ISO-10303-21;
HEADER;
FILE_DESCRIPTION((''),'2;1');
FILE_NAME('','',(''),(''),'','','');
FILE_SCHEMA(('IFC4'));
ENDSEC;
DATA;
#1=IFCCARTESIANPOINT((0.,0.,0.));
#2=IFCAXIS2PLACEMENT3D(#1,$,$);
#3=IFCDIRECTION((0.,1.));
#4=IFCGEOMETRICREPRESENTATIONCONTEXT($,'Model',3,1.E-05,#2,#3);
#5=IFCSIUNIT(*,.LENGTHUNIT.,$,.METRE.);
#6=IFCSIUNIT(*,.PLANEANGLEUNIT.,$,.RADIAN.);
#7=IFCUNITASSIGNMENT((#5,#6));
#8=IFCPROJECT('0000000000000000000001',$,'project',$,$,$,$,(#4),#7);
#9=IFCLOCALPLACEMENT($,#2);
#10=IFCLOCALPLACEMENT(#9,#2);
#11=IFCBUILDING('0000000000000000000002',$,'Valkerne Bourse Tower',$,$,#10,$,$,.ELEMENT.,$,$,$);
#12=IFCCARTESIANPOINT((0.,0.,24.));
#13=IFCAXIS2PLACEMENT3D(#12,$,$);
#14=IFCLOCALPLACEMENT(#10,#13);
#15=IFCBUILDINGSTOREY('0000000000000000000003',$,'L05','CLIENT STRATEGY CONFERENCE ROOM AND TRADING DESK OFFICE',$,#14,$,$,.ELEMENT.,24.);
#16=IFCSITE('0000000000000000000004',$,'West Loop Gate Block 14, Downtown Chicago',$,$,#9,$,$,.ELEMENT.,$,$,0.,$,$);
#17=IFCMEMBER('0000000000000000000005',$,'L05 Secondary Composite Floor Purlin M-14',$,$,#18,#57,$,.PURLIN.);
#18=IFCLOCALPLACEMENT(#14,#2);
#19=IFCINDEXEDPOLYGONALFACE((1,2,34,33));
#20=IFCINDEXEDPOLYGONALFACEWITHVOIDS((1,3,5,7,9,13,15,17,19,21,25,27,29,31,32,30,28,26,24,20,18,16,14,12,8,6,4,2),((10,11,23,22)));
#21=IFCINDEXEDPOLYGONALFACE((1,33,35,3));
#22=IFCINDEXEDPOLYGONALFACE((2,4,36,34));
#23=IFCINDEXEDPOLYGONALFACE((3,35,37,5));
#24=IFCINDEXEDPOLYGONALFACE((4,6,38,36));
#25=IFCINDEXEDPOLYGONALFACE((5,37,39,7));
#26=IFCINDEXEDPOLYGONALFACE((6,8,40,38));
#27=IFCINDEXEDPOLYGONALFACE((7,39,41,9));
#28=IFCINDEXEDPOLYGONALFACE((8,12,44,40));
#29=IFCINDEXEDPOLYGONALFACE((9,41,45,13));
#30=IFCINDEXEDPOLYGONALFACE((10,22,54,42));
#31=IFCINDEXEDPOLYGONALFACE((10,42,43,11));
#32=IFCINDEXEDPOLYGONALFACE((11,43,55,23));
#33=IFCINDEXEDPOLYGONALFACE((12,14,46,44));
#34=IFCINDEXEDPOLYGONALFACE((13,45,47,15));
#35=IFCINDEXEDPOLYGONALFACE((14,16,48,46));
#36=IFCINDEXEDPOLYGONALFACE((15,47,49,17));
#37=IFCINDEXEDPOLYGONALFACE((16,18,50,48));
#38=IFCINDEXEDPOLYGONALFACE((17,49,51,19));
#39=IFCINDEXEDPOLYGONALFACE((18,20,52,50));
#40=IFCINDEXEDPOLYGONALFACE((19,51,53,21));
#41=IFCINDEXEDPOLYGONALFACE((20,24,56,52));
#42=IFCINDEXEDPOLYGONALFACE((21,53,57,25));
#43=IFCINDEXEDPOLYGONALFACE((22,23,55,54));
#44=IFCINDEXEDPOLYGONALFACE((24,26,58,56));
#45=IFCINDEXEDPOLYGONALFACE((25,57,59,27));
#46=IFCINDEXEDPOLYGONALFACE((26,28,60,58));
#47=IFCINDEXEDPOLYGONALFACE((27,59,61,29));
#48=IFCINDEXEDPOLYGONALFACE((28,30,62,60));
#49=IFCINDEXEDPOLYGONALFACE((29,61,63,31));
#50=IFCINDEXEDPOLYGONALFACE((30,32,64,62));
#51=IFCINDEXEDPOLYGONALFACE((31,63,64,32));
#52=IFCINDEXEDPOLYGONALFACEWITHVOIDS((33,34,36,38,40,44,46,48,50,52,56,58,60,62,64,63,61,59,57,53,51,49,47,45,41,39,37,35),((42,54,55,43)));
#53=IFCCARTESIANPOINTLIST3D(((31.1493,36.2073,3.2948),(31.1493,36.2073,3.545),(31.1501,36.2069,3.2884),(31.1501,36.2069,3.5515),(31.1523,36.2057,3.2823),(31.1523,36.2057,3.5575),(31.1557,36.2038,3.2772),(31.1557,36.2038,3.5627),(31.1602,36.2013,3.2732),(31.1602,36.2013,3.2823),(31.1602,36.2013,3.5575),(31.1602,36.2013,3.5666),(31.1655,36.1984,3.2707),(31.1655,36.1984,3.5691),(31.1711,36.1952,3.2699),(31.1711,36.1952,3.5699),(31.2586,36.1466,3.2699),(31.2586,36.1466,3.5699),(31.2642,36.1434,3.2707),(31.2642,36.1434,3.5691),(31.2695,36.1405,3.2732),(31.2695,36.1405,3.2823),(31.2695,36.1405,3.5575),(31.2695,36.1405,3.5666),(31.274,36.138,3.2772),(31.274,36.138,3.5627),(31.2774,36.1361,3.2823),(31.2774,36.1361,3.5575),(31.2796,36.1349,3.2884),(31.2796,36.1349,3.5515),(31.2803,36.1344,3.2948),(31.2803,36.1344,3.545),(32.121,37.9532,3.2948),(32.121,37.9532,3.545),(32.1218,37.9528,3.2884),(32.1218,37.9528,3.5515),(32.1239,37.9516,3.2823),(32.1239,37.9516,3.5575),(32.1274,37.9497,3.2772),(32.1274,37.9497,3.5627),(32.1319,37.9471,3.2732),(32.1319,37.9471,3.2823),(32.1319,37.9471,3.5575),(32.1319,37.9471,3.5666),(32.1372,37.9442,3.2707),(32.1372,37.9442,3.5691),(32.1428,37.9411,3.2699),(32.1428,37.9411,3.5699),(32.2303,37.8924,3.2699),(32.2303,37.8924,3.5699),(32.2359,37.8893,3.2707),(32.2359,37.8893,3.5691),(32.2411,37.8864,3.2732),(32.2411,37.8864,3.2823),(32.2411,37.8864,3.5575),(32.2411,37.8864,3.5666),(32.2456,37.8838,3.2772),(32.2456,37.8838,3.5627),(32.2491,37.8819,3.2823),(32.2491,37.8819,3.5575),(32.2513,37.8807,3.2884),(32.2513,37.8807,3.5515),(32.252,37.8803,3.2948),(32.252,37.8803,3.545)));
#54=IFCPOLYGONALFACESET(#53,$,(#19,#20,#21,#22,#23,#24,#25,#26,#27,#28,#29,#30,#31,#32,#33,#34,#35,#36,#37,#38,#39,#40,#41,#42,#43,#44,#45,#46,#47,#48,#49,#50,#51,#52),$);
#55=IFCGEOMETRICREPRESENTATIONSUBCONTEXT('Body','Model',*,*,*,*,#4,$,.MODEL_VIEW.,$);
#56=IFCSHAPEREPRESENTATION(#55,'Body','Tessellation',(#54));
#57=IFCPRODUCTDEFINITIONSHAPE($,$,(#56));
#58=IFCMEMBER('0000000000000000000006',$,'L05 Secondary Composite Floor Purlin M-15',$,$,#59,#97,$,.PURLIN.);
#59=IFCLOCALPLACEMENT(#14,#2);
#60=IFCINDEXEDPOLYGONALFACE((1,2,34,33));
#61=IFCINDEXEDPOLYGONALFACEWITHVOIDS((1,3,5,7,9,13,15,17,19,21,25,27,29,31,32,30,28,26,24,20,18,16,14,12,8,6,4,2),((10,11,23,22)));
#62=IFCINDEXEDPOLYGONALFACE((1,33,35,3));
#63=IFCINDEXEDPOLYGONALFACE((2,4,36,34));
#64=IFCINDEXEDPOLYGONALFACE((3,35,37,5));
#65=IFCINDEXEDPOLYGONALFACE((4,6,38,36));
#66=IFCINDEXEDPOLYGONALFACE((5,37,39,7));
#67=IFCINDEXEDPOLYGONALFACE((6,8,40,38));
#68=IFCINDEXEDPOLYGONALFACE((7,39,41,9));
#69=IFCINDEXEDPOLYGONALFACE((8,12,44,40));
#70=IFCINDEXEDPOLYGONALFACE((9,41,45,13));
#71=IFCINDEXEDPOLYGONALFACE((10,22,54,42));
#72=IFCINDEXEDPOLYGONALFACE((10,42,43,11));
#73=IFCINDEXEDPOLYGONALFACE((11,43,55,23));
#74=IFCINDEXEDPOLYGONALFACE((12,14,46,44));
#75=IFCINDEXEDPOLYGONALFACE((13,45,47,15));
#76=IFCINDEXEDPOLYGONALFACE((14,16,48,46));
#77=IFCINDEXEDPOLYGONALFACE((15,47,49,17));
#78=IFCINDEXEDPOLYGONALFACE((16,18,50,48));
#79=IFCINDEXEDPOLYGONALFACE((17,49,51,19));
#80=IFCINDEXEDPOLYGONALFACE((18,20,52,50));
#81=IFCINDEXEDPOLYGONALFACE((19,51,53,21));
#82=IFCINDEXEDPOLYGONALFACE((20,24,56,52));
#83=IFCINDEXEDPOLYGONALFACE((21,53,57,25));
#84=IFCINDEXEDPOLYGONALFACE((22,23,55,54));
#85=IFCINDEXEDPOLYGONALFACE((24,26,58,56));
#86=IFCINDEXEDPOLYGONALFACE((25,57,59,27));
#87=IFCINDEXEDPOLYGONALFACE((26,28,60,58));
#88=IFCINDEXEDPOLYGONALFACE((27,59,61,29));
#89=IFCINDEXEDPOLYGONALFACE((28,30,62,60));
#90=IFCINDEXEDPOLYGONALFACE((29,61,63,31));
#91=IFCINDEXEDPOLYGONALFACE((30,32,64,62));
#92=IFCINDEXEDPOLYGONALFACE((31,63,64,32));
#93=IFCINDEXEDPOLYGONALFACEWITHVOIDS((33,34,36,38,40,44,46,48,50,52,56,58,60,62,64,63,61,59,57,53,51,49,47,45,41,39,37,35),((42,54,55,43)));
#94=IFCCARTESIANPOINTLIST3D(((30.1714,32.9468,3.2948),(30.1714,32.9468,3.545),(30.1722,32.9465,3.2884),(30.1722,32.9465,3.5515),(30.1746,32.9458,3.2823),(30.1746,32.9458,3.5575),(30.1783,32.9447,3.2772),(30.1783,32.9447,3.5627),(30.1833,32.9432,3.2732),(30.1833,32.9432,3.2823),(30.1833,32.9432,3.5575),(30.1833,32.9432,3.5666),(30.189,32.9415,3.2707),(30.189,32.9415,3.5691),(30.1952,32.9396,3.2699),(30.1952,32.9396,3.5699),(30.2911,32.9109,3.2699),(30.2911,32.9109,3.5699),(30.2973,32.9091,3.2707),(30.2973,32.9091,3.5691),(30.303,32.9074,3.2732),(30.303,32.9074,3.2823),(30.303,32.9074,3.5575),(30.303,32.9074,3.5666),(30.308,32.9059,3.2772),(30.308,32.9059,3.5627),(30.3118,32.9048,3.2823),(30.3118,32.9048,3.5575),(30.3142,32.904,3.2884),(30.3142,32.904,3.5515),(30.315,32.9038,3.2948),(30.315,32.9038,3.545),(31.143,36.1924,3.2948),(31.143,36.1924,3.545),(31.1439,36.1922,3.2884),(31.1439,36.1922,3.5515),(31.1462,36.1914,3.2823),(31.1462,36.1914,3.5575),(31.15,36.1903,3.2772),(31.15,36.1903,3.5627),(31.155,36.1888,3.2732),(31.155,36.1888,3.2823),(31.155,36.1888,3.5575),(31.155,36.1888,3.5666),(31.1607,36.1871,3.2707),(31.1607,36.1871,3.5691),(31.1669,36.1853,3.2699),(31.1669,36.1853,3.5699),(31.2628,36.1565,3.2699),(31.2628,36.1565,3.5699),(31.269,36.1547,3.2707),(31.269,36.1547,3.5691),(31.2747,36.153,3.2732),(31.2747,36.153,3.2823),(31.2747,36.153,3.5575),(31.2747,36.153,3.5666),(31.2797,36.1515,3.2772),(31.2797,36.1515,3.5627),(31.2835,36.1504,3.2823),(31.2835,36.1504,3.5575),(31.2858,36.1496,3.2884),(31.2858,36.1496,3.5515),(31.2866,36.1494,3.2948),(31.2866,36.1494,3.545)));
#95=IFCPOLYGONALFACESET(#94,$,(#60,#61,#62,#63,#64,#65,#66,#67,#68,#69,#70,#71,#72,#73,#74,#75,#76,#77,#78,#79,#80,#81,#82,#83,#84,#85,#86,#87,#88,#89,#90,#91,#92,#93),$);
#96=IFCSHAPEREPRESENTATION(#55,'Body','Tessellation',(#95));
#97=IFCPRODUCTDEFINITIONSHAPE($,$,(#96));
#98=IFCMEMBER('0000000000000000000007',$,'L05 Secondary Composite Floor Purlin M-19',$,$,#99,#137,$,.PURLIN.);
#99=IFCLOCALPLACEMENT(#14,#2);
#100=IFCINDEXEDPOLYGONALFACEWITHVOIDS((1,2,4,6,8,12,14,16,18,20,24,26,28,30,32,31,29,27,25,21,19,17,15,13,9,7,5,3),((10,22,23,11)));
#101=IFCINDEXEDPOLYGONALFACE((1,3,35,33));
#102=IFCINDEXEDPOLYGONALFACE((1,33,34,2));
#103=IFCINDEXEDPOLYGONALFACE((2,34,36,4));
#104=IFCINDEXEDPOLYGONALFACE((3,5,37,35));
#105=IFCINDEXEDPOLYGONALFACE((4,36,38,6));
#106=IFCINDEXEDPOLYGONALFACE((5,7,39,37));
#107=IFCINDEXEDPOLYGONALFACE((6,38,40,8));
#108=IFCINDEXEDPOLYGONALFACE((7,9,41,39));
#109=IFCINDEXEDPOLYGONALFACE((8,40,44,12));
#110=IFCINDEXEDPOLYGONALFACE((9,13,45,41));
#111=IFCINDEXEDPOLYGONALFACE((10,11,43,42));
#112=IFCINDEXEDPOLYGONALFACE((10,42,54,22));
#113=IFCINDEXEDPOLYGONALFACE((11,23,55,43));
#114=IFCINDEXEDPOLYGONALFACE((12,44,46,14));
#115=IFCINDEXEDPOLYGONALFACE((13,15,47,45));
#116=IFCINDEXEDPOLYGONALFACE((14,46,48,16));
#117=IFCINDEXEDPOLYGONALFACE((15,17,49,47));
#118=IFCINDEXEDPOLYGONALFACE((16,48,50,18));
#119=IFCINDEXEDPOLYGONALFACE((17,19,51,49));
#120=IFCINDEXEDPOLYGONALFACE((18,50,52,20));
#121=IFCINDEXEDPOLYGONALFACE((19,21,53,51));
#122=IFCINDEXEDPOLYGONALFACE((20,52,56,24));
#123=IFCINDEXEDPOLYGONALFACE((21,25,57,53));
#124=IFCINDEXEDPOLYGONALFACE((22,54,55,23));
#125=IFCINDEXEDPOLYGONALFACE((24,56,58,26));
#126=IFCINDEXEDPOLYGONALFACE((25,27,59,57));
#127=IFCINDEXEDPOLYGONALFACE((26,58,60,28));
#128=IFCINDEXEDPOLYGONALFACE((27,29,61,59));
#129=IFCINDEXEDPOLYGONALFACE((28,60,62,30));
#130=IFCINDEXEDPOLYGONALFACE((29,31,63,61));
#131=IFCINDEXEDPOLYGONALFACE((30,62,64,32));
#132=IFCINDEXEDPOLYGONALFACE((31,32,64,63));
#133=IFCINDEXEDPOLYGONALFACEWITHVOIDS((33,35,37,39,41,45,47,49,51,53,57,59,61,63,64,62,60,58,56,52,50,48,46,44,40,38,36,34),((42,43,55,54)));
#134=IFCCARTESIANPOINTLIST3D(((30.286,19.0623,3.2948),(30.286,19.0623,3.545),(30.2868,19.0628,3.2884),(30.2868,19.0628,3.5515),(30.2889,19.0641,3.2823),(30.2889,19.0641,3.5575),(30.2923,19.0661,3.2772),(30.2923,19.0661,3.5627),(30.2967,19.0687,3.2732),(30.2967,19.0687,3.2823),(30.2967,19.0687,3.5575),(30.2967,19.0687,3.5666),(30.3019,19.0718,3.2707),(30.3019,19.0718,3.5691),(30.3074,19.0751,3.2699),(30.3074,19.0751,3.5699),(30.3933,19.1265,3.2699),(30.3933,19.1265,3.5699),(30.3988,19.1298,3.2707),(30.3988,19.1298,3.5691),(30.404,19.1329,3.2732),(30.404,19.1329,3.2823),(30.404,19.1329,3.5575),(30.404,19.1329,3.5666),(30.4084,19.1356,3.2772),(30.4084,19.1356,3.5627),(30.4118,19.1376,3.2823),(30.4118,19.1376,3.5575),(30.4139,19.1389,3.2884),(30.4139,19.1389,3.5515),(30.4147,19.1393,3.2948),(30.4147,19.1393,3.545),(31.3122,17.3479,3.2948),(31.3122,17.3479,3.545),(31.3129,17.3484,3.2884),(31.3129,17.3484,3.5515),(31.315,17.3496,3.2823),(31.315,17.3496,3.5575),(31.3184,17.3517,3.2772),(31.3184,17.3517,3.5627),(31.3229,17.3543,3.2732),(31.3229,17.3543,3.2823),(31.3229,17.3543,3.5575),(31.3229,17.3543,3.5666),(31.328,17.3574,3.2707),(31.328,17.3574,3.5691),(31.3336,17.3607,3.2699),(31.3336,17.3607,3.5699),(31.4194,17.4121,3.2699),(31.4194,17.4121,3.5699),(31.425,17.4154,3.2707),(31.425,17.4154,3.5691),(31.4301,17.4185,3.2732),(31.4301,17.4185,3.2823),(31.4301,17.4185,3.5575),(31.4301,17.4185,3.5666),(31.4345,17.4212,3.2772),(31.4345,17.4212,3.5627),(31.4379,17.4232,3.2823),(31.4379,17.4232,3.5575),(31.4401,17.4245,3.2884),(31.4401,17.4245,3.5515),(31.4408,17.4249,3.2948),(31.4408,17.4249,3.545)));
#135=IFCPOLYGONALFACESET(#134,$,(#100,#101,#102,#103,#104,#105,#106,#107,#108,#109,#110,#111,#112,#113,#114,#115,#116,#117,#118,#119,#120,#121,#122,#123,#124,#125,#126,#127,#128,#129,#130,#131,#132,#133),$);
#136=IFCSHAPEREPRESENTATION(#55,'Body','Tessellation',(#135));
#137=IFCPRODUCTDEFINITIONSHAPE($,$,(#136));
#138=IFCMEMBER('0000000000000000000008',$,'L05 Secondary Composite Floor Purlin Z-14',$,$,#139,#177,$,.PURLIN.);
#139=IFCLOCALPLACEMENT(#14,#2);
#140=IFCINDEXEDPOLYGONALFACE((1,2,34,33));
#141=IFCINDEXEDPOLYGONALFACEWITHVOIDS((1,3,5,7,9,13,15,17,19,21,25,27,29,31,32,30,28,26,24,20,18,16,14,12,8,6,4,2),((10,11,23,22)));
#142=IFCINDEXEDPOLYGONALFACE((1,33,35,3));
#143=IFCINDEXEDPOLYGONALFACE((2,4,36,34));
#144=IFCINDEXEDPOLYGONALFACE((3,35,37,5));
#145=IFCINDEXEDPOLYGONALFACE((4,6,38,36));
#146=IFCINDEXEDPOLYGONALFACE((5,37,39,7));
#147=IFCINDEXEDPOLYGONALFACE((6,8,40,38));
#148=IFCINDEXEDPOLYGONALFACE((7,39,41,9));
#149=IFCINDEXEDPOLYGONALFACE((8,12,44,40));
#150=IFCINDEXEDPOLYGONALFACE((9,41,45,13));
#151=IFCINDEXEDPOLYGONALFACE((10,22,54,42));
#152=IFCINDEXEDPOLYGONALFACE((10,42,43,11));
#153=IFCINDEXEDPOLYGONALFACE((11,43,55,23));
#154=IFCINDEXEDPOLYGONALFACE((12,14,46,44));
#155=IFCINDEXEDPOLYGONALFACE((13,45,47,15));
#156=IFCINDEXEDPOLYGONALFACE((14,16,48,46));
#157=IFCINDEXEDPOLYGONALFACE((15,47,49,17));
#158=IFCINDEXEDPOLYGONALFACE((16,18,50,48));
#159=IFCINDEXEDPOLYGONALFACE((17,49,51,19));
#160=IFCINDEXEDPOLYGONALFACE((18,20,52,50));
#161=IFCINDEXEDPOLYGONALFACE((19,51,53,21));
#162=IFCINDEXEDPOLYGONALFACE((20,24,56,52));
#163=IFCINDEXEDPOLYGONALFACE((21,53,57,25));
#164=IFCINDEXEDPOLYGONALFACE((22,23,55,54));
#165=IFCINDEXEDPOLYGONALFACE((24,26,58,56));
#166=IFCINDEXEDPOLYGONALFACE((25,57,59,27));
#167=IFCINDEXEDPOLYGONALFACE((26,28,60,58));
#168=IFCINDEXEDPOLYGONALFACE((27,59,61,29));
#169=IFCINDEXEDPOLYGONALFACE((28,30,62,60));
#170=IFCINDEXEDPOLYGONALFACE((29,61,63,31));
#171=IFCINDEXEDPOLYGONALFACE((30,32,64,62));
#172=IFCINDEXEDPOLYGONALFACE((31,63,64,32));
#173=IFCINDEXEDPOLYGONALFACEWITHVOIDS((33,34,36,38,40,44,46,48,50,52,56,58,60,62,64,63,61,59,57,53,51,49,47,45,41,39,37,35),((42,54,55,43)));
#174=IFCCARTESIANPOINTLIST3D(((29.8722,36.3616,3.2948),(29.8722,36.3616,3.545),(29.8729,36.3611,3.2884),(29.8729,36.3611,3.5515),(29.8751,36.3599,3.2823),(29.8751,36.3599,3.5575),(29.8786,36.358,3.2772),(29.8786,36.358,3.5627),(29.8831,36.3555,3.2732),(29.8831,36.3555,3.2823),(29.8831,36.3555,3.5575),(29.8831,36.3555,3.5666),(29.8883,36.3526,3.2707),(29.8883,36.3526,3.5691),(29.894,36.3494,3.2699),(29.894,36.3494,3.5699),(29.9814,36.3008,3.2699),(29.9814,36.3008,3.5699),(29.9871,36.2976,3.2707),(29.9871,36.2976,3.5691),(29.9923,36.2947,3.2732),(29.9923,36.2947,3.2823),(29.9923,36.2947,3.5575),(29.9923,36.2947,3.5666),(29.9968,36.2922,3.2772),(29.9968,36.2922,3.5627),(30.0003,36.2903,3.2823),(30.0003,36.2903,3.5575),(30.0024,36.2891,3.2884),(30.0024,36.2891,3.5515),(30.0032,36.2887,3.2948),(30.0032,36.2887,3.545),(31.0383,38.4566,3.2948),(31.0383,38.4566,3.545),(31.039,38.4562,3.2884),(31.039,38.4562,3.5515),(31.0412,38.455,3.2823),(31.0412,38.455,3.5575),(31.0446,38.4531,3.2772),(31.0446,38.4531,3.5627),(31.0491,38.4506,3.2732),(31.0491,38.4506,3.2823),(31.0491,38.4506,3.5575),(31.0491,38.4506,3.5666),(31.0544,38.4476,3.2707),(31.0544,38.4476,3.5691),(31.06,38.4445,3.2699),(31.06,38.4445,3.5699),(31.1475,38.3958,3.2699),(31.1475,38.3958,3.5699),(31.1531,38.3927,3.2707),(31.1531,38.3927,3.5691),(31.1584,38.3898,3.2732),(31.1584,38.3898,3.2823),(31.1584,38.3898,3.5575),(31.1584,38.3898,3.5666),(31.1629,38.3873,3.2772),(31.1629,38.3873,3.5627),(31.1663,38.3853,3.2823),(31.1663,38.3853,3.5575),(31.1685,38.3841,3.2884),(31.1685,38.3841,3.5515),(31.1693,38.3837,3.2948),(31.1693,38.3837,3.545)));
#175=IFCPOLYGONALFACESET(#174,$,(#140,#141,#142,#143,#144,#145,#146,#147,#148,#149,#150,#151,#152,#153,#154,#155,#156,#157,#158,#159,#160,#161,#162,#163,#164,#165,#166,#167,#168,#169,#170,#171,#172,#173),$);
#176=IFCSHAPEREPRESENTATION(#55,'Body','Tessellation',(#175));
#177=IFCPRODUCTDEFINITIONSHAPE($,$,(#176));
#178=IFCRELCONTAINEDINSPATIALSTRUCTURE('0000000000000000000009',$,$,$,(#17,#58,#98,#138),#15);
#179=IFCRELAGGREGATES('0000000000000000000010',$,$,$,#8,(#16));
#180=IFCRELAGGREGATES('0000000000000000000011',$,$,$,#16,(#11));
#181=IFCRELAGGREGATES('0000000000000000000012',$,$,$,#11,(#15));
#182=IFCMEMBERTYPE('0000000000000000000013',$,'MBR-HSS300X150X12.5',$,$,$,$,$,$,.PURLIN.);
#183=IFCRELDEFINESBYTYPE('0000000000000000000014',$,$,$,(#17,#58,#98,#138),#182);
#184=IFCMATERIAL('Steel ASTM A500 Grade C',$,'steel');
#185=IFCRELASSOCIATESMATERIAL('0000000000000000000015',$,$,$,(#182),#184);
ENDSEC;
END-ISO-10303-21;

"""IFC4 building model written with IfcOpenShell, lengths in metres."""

from ifc_helpers import new_model, si_unit, direction, frame, origin, origin_2d, place, context, subcontext, project, spatial, hollow_rectangle, extrude, material, material_profile, profile_set, type_object, element, save


model = new_model("IFC4")

# Units and contexts
model_context = context("Model", 3, precision=1e-05, world=origin(), true_north=direction((0.0, 1.0)))
body_context = subcontext(model_context, "Body", "Model", "MODEL_VIEW")
ifc_project = project(units=[si_unit("LENGTHUNIT", "METRE"), si_unit("PLANEANGLEUNIT", "RADIAN")], contexts=[model_context])

# Site, building, storey
site_placement = place(None, origin())
site = spatial("IfcSite", under=ifc_project, at=site_placement, Name="West Loop Gate Block 14, Downtown Chicago", CompositionType="ELEMENT", RefElevation=0.0)
building_placement = place(site_placement, origin())
building = spatial("IfcBuilding", under=site, at=building_placement, Name="Valkerne Bourse Tower", CompositionType="ELEMENT")
storey_placement = place(building_placement, frame((0.0, 0.0, 24.0)))
storey = spatial("IfcBuildingStorey", under=building, at=storey_placement, Name="L05", Description="CLIENT STRATEGY CONFERENCE ROOM AND TRADING DESK OFFICE", CompositionType="ELEMENT", Elevation=24.0)

# Members
ifc_material_1 = material(Name="Steel ASTM A500 Grade C", Category="steel")
ifc_material_profile = material_profile(ifc_material_1, hollow_rectangle(XDim=0.1499, YDim=0.3, WallThickness=0.0125, OuterFilletRadius=0.0249, at=origin_2d()), Name="HSS300X150X12.5")
ifc_profile_set = profile_set([ifc_material_profile], Name="Steel ASTM A500 Grade C")
member_type = type_object("IfcMemberType", Name="MBR-HSS300X150X12.5", PredefinedType="PURLIN", material=ifc_profile_set)
member_1_placement = place(storey_placement, frame((32.1865, 37.9167, 3.4199), z_axis=(-0.486317, -0.873782, 0.0), x_axis=(0.873782, -0.486317, 0.0)))
element("IfcMember", 1, at=member_1_placement, inside=storey, type_object=member_type, Name="L05 Secondary Composite Floor Purlin M-14", PredefinedType="PURLIN", context=body_context, shape_type="SweptSolid", body=[
    extrude(hollow_rectangle(XDim=0.1499, YDim=0.3, WallThickness=0.0125, OuterFilletRadius=0.0249, at=origin_2d()), origin(), (0.0, 0.0, 1.0), 1.998),
])
member_2_placement = place(storey_placement, frame((31.2148, 36.1709, 3.4199), z_axis=(-0.286806, -0.957989, 0.0), x_axis=(0.957989, -0.286806, 0.0)))
element("IfcMember", 2, at=member_2_placement, inside=storey, type_object=member_type, Name="L05 Secondary Composite Floor Purlin M-15", PredefinedType="PURLIN", context=body_context, shape_type="SweptSolid", body=[
    extrude(hollow_rectangle(XDim=0.1499, YDim=0.3, WallThickness=0.0125, OuterFilletRadius=0.0249, at=origin_2d()), origin(), (0.0, 0.0, 1.0), 3.3879),
])
member_3_placement = place(storey_placement, frame((30.3503, 19.1008, 3.4199), z_axis=(0.513579, -0.858042, 0.0), x_axis=(0.858042, 0.513579, 0.0)))
element("IfcMember", 3, at=member_3_placement, inside=storey, type_object=member_type, Name="L05 Secondary Composite Floor Purlin M-19", PredefinedType="PURLIN", context=body_context, shape_type="SweptSolid", body=[
    extrude(hollow_rectangle(XDim=0.1499, YDim=0.3, WallThickness=0.0125, OuterFilletRadius=0.0249, at=origin_2d()), origin(), (0.0, 0.0, 1.0), 1.998),
])
member_4_placement = place(storey_placement, frame((31.1038, 38.4202, 3.4199), z_axis=(-0.486326, -0.873778, 0.0), x_axis=(0.873778, -0.486326, 0.0)))
element("IfcMember", 4, at=member_4_placement, inside=storey, type_object=member_type, Name="L05 Secondary Composite Floor Purlin Z-14", PredefinedType="PURLIN", context=body_context, shape_type="SweptSolid", body=[
    extrude(hollow_rectangle(XDim=0.1499, YDim=0.3, WallThickness=0.0125, OuterFilletRadius=0.0249, at=origin_2d()), origin(), (0.0, 0.0, 1.0), 2.3977),
])

save(model, "model.ifc")
